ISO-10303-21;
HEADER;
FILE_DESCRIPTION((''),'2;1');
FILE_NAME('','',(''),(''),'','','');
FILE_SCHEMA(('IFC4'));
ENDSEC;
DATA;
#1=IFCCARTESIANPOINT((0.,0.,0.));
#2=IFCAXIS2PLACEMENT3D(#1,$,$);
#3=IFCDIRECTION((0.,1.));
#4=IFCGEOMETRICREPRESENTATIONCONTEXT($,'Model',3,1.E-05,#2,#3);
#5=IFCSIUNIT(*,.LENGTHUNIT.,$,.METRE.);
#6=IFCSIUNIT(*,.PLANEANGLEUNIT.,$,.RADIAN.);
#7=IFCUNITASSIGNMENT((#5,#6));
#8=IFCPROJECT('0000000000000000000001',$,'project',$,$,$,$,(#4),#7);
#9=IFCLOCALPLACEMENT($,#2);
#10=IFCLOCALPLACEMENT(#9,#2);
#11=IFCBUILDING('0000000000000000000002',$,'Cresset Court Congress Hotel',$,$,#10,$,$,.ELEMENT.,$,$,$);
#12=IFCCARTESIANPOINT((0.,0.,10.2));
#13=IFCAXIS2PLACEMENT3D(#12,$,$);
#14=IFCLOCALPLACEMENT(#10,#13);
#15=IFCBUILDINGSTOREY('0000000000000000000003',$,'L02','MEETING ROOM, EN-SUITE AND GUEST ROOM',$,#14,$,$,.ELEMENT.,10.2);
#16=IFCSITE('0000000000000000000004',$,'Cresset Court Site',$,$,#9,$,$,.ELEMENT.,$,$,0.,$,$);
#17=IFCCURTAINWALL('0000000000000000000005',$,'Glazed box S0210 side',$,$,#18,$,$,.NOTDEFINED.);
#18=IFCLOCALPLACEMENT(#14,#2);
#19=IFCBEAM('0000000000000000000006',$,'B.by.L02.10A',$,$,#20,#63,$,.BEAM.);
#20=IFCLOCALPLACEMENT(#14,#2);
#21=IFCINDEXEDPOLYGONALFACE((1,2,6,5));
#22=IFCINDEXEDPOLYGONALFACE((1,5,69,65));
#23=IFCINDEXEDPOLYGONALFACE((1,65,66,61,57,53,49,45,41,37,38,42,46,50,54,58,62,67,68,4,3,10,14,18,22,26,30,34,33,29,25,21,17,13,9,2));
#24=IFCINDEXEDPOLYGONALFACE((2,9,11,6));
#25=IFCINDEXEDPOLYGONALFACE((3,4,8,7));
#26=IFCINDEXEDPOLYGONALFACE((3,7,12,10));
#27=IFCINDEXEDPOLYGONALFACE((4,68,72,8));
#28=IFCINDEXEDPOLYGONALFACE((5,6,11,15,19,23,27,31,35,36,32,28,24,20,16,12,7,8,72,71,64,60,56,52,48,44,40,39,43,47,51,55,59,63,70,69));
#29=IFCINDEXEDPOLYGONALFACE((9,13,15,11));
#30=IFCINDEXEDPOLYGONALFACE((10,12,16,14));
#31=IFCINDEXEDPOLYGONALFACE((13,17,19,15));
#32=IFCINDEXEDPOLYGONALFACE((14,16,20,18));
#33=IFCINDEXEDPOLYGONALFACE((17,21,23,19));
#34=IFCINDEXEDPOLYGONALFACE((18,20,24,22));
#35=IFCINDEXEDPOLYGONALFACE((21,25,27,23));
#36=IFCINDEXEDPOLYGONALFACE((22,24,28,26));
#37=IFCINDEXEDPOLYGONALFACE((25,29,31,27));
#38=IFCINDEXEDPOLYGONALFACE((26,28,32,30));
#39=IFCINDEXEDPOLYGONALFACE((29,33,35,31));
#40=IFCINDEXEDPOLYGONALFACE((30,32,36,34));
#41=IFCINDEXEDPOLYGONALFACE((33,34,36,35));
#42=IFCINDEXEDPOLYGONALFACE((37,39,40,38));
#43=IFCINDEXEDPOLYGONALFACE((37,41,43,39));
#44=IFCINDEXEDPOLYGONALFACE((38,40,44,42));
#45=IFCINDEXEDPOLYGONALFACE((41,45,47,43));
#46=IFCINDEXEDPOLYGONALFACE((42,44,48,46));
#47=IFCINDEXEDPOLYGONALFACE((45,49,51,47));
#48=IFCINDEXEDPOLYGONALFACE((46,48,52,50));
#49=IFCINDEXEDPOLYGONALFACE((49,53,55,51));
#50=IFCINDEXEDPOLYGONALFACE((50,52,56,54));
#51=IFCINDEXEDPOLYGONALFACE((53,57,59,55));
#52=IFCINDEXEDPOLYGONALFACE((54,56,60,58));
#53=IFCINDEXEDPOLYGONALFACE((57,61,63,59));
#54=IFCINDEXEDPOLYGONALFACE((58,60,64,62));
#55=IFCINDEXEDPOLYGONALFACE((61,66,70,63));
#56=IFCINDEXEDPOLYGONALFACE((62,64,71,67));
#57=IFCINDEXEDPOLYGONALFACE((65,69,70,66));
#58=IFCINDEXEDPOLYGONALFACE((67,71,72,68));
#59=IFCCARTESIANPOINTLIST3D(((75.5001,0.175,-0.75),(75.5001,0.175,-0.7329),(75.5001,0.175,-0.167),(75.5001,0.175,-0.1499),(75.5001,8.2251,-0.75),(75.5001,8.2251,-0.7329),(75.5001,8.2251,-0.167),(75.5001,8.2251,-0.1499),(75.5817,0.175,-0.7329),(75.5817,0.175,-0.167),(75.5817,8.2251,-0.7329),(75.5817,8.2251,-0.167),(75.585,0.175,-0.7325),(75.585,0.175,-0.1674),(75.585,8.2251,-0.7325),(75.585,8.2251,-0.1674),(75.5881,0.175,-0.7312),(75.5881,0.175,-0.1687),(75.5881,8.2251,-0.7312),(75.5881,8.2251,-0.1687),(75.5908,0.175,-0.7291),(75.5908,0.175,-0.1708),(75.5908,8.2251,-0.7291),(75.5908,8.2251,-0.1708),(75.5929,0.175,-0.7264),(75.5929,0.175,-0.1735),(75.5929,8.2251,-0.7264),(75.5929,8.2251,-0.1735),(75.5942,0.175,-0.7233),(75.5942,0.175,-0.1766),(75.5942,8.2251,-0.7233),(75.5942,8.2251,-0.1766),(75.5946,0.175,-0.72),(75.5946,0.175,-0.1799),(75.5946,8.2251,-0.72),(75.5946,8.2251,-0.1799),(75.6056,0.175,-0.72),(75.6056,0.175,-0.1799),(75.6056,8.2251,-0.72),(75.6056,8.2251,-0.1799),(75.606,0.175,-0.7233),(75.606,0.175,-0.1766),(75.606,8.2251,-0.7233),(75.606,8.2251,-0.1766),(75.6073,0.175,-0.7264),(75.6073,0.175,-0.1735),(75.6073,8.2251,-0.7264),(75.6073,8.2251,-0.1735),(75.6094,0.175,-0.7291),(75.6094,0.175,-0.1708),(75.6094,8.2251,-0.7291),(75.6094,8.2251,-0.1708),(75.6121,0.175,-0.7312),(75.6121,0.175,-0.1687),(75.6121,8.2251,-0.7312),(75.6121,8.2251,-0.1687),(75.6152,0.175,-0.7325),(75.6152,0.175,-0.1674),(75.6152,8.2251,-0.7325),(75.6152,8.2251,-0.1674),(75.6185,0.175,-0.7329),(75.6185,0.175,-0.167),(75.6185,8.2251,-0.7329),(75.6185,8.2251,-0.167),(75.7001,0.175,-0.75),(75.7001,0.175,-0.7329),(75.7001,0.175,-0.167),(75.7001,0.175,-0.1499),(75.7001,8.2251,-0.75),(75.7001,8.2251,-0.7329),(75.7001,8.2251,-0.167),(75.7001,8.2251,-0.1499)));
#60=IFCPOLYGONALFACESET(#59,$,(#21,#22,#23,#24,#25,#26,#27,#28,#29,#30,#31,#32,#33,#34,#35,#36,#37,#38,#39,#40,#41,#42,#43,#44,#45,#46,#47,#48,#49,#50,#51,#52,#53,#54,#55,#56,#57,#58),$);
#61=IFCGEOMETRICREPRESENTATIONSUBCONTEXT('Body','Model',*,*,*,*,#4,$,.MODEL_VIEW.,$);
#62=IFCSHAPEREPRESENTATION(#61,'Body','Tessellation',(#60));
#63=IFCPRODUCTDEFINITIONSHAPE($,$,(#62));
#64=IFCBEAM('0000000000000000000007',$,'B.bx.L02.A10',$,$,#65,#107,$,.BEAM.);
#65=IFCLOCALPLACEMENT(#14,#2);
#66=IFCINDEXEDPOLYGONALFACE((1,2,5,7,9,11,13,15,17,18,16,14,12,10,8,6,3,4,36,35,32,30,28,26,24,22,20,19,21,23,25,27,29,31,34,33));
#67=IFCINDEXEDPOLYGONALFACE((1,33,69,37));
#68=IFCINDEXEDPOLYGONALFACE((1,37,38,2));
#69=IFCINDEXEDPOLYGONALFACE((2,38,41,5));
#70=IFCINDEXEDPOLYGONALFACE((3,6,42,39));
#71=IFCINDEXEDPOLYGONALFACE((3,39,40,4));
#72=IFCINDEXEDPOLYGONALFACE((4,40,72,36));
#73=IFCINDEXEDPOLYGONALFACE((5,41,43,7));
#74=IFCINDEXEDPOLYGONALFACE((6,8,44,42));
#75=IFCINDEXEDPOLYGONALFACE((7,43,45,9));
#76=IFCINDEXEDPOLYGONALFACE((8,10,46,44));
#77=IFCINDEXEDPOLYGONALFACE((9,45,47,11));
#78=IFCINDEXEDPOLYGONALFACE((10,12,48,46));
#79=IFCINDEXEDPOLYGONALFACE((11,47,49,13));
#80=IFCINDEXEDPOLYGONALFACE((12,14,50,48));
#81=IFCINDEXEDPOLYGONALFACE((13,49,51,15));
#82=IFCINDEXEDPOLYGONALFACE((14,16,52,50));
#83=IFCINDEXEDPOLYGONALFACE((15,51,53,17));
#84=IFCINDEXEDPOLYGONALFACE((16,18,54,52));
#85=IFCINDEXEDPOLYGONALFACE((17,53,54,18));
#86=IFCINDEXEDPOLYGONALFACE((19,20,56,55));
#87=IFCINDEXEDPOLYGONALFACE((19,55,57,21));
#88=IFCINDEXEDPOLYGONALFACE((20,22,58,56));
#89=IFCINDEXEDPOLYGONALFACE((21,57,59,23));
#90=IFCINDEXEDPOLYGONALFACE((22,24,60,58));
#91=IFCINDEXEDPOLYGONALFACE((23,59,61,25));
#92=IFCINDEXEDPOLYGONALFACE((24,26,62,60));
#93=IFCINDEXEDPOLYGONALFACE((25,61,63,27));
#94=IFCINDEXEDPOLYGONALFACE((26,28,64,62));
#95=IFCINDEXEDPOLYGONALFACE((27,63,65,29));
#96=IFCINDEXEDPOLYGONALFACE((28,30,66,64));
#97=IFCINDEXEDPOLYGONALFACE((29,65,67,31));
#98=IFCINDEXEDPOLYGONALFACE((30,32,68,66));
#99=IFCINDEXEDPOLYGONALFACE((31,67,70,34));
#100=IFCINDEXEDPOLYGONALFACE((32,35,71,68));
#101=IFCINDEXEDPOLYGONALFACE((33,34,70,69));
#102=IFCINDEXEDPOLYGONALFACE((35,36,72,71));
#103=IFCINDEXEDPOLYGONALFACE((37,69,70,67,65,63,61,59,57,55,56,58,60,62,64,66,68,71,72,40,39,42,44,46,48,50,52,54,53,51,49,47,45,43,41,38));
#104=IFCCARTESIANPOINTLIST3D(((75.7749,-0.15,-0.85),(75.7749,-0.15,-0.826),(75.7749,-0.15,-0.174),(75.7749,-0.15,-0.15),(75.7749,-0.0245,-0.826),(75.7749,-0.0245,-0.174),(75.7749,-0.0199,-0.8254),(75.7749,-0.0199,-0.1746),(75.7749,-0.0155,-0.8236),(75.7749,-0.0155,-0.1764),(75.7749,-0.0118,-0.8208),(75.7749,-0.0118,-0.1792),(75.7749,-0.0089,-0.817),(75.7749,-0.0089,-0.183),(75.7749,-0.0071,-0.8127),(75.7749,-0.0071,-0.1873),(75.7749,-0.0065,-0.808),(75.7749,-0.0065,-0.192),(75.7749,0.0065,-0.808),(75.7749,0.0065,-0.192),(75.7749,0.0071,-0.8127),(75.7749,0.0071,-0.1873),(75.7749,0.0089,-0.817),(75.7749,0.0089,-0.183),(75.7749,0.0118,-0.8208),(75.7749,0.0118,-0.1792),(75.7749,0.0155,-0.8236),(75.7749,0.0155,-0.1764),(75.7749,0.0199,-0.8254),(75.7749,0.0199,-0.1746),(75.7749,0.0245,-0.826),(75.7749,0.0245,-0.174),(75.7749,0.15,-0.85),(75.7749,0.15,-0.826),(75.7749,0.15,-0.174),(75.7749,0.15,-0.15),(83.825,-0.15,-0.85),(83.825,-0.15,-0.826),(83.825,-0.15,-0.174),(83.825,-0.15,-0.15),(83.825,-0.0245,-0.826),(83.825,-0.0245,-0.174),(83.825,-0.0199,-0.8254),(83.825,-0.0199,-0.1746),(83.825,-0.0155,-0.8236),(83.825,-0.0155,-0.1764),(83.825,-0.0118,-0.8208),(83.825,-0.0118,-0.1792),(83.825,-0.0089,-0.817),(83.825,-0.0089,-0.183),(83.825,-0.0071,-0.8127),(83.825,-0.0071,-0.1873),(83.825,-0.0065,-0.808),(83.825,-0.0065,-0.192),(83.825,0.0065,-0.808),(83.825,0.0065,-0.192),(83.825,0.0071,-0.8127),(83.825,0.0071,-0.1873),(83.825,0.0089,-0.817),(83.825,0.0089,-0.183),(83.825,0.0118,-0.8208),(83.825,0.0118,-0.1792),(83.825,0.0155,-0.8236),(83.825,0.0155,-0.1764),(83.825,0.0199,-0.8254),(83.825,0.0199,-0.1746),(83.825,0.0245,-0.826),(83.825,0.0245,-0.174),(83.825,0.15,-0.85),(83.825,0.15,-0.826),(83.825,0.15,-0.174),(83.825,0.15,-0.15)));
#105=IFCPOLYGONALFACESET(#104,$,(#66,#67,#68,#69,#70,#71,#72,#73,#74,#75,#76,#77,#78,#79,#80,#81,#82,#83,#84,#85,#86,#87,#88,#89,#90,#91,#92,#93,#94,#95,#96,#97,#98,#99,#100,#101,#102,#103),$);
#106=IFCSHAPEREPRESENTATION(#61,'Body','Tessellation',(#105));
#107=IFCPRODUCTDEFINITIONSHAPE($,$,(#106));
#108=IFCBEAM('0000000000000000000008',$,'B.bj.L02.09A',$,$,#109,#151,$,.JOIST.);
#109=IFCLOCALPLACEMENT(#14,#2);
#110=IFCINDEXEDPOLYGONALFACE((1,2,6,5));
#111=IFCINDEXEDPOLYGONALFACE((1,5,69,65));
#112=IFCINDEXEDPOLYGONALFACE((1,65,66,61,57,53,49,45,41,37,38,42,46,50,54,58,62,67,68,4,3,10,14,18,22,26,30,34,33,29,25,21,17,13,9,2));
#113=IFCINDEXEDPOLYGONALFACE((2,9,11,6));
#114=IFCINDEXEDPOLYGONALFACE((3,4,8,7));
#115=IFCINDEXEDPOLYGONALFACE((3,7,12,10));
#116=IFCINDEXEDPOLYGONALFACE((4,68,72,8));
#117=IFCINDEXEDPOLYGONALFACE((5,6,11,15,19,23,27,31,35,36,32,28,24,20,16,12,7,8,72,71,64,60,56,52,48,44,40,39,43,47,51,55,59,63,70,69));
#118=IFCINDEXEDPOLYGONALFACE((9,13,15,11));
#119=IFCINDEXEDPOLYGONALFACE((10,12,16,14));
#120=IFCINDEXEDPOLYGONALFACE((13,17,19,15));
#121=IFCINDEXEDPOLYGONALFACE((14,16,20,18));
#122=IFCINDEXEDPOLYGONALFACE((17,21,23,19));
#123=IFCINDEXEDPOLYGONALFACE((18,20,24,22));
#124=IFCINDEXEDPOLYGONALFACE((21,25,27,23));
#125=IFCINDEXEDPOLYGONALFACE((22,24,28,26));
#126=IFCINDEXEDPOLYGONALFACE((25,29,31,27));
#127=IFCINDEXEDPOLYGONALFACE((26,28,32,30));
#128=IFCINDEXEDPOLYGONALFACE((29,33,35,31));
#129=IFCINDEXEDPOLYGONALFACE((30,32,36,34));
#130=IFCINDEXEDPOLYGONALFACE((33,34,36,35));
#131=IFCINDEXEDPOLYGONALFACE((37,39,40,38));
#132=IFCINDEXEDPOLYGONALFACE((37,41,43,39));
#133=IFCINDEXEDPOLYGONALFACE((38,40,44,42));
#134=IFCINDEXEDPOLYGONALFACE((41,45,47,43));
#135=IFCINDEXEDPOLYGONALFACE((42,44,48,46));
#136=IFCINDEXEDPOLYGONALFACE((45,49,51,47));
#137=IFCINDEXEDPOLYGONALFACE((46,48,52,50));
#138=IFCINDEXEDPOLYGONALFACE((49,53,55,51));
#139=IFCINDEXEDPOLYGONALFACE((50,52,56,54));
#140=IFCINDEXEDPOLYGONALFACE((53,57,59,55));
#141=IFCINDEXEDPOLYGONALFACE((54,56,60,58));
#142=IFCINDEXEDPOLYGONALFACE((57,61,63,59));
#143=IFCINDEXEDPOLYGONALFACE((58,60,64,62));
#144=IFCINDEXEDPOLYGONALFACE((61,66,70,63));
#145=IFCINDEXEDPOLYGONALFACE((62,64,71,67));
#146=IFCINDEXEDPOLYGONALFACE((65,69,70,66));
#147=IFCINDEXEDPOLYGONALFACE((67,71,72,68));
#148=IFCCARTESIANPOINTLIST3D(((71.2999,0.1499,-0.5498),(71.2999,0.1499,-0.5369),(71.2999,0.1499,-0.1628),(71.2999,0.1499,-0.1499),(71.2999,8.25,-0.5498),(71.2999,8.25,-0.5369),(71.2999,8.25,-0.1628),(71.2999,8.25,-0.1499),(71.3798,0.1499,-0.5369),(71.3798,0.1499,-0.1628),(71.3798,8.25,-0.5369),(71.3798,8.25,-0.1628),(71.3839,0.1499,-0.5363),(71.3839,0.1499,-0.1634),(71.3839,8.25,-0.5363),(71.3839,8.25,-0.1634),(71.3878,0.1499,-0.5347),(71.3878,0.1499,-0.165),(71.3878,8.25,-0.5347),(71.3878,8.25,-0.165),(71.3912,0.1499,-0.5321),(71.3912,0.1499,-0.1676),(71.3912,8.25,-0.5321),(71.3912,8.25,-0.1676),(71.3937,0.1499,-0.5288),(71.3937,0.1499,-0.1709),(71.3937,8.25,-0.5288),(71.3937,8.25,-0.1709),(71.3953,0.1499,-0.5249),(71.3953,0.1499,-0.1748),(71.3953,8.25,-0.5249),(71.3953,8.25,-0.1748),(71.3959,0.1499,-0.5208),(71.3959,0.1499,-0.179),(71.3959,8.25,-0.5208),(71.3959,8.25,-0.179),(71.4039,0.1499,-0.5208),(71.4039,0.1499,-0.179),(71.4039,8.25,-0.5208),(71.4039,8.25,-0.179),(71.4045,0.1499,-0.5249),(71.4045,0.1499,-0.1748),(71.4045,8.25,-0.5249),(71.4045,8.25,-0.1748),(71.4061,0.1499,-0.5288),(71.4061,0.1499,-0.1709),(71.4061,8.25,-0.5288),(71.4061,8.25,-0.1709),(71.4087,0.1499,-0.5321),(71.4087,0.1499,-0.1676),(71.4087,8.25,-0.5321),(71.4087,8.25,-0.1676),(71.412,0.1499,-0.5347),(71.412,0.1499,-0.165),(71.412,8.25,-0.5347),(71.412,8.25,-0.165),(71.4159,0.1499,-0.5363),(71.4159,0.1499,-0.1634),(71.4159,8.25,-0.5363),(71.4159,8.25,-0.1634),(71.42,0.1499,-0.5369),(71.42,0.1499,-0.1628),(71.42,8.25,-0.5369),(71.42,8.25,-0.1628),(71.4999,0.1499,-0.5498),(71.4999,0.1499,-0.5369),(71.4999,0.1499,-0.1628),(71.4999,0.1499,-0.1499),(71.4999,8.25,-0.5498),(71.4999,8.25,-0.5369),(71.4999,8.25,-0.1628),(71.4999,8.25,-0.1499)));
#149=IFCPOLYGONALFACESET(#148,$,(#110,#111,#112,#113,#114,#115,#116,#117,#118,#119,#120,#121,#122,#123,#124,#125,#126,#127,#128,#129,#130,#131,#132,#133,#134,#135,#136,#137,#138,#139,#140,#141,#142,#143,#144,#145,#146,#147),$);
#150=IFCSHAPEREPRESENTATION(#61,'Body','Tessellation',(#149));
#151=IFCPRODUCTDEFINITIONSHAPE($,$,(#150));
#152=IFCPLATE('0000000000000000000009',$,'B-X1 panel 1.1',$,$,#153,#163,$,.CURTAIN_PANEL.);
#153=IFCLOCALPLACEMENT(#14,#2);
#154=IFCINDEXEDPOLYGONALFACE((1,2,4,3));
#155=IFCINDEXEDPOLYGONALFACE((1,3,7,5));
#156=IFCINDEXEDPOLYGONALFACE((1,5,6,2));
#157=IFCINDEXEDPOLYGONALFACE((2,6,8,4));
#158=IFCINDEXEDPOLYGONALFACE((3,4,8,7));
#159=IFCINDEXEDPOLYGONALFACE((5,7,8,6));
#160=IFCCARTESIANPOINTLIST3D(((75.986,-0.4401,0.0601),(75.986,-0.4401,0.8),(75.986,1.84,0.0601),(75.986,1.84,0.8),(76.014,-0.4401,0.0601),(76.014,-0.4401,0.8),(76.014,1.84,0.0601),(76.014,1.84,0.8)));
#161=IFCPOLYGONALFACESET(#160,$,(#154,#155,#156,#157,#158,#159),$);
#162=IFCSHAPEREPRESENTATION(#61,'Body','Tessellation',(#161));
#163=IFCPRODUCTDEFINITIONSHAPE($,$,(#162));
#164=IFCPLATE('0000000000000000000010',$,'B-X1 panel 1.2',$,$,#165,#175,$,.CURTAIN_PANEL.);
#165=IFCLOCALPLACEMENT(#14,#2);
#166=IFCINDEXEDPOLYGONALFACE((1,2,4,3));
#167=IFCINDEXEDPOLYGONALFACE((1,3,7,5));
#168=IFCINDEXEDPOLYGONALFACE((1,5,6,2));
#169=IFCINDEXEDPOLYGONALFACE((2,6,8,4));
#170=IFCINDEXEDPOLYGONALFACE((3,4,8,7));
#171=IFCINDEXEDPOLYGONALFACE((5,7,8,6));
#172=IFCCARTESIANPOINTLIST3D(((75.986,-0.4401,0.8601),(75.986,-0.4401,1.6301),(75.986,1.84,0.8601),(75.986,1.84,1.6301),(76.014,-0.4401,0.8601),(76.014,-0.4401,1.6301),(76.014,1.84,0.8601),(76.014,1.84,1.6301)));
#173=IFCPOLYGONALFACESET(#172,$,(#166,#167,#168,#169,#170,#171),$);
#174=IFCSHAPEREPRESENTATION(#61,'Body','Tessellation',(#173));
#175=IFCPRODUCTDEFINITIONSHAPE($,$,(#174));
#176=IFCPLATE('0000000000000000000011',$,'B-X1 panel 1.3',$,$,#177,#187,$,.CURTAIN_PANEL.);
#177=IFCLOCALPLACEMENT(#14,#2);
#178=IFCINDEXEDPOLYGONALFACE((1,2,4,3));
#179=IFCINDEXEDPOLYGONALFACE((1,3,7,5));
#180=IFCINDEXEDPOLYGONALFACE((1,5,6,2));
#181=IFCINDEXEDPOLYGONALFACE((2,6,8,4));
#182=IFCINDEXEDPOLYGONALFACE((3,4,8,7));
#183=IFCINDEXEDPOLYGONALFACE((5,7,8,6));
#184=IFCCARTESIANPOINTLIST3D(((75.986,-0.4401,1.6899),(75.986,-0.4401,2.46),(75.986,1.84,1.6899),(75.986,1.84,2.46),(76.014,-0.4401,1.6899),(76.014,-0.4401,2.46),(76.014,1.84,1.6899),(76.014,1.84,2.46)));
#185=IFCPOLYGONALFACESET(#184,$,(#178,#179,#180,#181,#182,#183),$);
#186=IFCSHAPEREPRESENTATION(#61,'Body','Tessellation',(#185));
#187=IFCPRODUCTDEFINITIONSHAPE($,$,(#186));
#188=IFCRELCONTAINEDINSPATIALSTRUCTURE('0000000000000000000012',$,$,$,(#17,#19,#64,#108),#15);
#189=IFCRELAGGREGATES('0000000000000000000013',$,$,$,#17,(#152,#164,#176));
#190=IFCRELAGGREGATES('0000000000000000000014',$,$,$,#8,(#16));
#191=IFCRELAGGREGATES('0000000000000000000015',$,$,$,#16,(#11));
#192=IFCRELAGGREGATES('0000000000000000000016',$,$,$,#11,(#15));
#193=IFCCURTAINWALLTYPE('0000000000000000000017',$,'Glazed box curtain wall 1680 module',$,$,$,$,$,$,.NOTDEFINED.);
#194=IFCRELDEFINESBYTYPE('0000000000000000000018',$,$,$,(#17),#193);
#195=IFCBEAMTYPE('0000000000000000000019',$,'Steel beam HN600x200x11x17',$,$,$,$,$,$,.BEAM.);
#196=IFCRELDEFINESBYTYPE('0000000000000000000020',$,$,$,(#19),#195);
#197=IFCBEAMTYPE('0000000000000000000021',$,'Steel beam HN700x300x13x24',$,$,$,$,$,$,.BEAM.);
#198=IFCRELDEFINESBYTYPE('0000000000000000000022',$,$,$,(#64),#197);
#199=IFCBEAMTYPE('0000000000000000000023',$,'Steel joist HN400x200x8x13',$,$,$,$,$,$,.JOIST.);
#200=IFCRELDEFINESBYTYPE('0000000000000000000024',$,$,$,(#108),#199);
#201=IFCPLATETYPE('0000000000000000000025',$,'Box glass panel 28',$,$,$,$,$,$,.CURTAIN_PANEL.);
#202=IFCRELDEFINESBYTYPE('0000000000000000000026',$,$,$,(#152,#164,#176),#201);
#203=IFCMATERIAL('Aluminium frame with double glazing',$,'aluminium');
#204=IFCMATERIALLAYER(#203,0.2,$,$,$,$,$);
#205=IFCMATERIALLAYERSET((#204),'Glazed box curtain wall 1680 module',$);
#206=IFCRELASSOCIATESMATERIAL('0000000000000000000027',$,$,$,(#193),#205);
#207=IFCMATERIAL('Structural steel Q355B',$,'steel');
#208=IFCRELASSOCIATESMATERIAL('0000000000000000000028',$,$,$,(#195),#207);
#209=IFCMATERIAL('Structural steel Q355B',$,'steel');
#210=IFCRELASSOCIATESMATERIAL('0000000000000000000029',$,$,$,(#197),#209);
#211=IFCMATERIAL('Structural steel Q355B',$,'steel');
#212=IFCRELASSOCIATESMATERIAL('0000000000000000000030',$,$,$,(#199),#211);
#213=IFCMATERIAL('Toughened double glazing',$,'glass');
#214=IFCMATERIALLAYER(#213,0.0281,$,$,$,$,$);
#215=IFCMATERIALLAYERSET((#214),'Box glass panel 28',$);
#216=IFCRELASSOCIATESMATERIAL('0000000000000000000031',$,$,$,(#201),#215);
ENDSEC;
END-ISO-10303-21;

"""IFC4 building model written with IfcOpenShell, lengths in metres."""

from ifc_helpers import new_model, si_unit, direction, frame, origin, origin_2d, place, context, subcontext, project, spatial, rectangle, i_section, extrude, material, layer, layer_set, material_profile, profile_set, type_object, element, aggregate, save


model = new_model("IFC4")

# Units and contexts
model_context = context("Model", 3, precision=1e-05, world=origin(), true_north=direction((0.0, 1.0)))
body_context = subcontext(model_context, "Body", "Model", "MODEL_VIEW")
ifc_project = project(units=[si_unit("LENGTHUNIT", "METRE"), si_unit("PLANEANGLEUNIT", "RADIAN")], contexts=[model_context])

# Site, building, storey
site_placement = place(None, origin())
site = spatial("IfcSite", under=ifc_project, at=site_placement, Name="Cresset Court Site", CompositionType="ELEMENT", RefElevation=0.0)
building_placement = place(site_placement, origin())
building = spatial("IfcBuilding", under=site, at=building_placement, Name="Cresset Court Congress Hotel", CompositionType="ELEMENT")
storey_placement = place(building_placement, frame((0.0, 0.0, 10.2)))
storey = spatial("IfcBuildingStorey", under=building, at=storey_placement, Name="L02", Description="MEETING ROOM, EN-SUITE AND GUEST ROOM", CompositionType="ELEMENT", Elevation=10.2)

# Shared definitions
ifc_material_1 = material(Name="Aluminium frame with double glazing", Category="aluminium")
ifc_layer_1 = layer(ifc_material_1, 0.2)
ifc_layer_set_1 = layer_set([ifc_layer_1], Name="Glazed box curtain wall 1680 module")
curtain_wall_type = type_object("IfcCurtainWallType", Name="Glazed box curtain wall 1680 module", PredefinedType="NOTDEFINED", material=ifc_layer_set_1)

# Curtain wall
curtain_wall_1_placement = place(storey_placement, origin())
curtain_wall_1 = element("IfcCurtainWall", 1, at=curtain_wall_1_placement, inside=storey, type_object=curtain_wall_type, Name="Glazed box S0210 side", PredefinedType="NOTDEFINED")

# Beams
ifc_material_2 = material(Name="Structural steel Q355B", Category="steel")
ifc_material_profile_1 = material_profile(ifc_material_2, i_section(OverallWidth=0.2, OverallDepth=0.6001, WebThickness=0.011, FlangeThickness=0.0171, FilletRadius=0.0129, at=origin_2d()), Name="HN600x200x11x17")
ifc_profile_set_1 = profile_set([ifc_material_profile_1], Name="Structural steel Q355B")
beam_type_1 = type_object("IfcBeamType", Name="Steel beam HN600x200x11x17", PredefinedType="BEAM", material=ifc_profile_set_1)
beam_1_placement = place(storey_placement, frame((75.6001, 0.175, -0.45), z_axis=(0.0, 1.0, 0.0), x_axis=(-1.0, 0.0, 0.0)))
element("IfcBeam", 2, at=beam_1_placement, inside=storey, type_object=beam_type_1, Name="B.by.L02.10A", PredefinedType="BEAM", context=body_context, shape_type="SweptSolid", body=[
    extrude(i_section(OverallWidth=0.2, OverallDepth=0.6001, WebThickness=0.011, FlangeThickness=0.0171, FilletRadius=0.0129, at=origin_2d()), origin(), (0.0, 0.0, 1.0), 8.05),
])
ifc_material_3 = material(Name="Structural steel Q355B", Category="steel")
ifc_material_profile_2 = material_profile(ifc_material_3, i_section(OverallWidth=0.3, OverallDepth=0.7, WebThickness=0.0129, FlangeThickness=0.0239, FilletRadius=0.0181, at=origin_2d()), Name="HN700x300x13x24")
ifc_profile_set_2 = profile_set([ifc_material_profile_2], Name="Structural steel Q355B")
beam_type_2 = type_object("IfcBeamType", Name="Steel beam HN700x300x13x24", PredefinedType="BEAM", material=ifc_profile_set_2)
beam_2_placement = place(storey_placement, frame((75.7749, 0.0, -0.5), z_axis=(1.0, 0.0, 0.0), x_axis=(0.0, 1.0, 0.0)))
element("IfcBeam", 3, at=beam_2_placement, inside=storey, type_object=beam_type_2, Name="B.bx.L02.A10", PredefinedType="BEAM", context=body_context, shape_type="SweptSolid", body=[
    extrude(i_section(OverallWidth=0.3, OverallDepth=0.7, WebThickness=0.0129, FlangeThickness=0.0239, FilletRadius=0.0181, at=origin_2d()), origin(), (0.0, 0.0, 1.0), 8.05),
])
ifc_material_4 = material(Name="Structural steel Q355B", Category="steel")
ifc_material_profile_3 = material_profile(ifc_material_4, i_section(OverallWidth=0.2, OverallDepth=0.3999, WebThickness=0.0081, FlangeThickness=0.0129, FilletRadius=0.0161, at=origin_2d()), Name="HN400x200x8x13")
ifc_profile_set_3 = profile_set([ifc_material_profile_3], Name="Structural steel Q355B")
beam_type_3 = type_object("IfcBeamType", Name="Steel joist HN400x200x8x13", PredefinedType="JOIST", material=ifc_profile_set_3)
beam_3_placement = place(storey_placement, frame((71.3999, 0.1499, -0.3499), z_axis=(0.0, 1.0, 0.0), x_axis=(-1.0, 0.0, 0.0)))
element("IfcBeam", 4, at=beam_3_placement, inside=storey, type_object=beam_type_3, Name="B.bj.L02.09A", PredefinedType="JOIST", context=body_context, shape_type="SweptSolid", body=[
    extrude(i_section(OverallWidth=0.2, OverallDepth=0.3999, WebThickness=0.0081, FlangeThickness=0.0129, FilletRadius=0.0161, at=origin_2d()), origin(), (0.0, 0.0, 1.0), 8.1001),
])

# Plates
ifc_material_5 = material(Name="Toughened double glazing", Category="glass")
ifc_layer_2 = layer(ifc_material_5, 0.0281)
ifc_layer_set_2 = layer_set([ifc_layer_2], Name="Box glass panel 28")
plate_type_1 = type_object("IfcPlateType", Name="Box glass panel 28", PredefinedType="CURTAIN_PANEL", material=ifc_layer_set_2)
plate_1_placement = place(storey_placement, frame((76.0, 0.7, 0.0601), z_axis=(0.0, 0.0, 1.0), x_axis=(0.0, 1.0, 0.0)))
plate_1 = element("IfcPlate", 5, at=plate_1_placement, type_object=plate_type_1, Name="B-X1 panel 1.1", PredefinedType="CURTAIN_PANEL", context=body_context, shape_type="SweptSolid", body=[
    extrude(rectangle(XDim=2.28, YDim=0.0281, at=origin_2d()), origin(), (0.0, 0.0, 1.0), 0.74),
])
plate_2_placement = place(storey_placement, frame((76.0, 0.7, 0.8601), z_axis=(0.0, 0.0, 1.0), x_axis=(0.0, 1.0, 0.0)))
plate_2 = element("IfcPlate", 6, at=plate_2_placement, type_object=plate_type_1, Name="B-X1 panel 1.2", PredefinedType="CURTAIN_PANEL", context=body_context, shape_type="SweptSolid", body=[
    extrude(rectangle(XDim=2.28, YDim=0.0281, at=origin_2d()), origin(), (0.0, 0.0, 1.0), 0.77),
])
plate_3_placement = place(storey_placement, frame((76.0, 0.7, 1.6899), z_axis=(0.0, 0.0, 1.0), x_axis=(0.0, 1.0, 0.0)))
plate_3 = element("IfcPlate", 7, at=plate_3_placement, type_object=plate_type_1, Name="B-X1 panel 1.3", PredefinedType="CURTAIN_PANEL", context=body_context, shape_type="SweptSolid", body=[
    extrude(rectangle(XDim=2.28, YDim=0.0281, at=origin_2d()), origin(), (0.0, 0.0, 1.0), 0.77),
])
aggregate(curtain_wall_1, [plate_1, plate_2, plate_3])

save(model, "model.ifc")
